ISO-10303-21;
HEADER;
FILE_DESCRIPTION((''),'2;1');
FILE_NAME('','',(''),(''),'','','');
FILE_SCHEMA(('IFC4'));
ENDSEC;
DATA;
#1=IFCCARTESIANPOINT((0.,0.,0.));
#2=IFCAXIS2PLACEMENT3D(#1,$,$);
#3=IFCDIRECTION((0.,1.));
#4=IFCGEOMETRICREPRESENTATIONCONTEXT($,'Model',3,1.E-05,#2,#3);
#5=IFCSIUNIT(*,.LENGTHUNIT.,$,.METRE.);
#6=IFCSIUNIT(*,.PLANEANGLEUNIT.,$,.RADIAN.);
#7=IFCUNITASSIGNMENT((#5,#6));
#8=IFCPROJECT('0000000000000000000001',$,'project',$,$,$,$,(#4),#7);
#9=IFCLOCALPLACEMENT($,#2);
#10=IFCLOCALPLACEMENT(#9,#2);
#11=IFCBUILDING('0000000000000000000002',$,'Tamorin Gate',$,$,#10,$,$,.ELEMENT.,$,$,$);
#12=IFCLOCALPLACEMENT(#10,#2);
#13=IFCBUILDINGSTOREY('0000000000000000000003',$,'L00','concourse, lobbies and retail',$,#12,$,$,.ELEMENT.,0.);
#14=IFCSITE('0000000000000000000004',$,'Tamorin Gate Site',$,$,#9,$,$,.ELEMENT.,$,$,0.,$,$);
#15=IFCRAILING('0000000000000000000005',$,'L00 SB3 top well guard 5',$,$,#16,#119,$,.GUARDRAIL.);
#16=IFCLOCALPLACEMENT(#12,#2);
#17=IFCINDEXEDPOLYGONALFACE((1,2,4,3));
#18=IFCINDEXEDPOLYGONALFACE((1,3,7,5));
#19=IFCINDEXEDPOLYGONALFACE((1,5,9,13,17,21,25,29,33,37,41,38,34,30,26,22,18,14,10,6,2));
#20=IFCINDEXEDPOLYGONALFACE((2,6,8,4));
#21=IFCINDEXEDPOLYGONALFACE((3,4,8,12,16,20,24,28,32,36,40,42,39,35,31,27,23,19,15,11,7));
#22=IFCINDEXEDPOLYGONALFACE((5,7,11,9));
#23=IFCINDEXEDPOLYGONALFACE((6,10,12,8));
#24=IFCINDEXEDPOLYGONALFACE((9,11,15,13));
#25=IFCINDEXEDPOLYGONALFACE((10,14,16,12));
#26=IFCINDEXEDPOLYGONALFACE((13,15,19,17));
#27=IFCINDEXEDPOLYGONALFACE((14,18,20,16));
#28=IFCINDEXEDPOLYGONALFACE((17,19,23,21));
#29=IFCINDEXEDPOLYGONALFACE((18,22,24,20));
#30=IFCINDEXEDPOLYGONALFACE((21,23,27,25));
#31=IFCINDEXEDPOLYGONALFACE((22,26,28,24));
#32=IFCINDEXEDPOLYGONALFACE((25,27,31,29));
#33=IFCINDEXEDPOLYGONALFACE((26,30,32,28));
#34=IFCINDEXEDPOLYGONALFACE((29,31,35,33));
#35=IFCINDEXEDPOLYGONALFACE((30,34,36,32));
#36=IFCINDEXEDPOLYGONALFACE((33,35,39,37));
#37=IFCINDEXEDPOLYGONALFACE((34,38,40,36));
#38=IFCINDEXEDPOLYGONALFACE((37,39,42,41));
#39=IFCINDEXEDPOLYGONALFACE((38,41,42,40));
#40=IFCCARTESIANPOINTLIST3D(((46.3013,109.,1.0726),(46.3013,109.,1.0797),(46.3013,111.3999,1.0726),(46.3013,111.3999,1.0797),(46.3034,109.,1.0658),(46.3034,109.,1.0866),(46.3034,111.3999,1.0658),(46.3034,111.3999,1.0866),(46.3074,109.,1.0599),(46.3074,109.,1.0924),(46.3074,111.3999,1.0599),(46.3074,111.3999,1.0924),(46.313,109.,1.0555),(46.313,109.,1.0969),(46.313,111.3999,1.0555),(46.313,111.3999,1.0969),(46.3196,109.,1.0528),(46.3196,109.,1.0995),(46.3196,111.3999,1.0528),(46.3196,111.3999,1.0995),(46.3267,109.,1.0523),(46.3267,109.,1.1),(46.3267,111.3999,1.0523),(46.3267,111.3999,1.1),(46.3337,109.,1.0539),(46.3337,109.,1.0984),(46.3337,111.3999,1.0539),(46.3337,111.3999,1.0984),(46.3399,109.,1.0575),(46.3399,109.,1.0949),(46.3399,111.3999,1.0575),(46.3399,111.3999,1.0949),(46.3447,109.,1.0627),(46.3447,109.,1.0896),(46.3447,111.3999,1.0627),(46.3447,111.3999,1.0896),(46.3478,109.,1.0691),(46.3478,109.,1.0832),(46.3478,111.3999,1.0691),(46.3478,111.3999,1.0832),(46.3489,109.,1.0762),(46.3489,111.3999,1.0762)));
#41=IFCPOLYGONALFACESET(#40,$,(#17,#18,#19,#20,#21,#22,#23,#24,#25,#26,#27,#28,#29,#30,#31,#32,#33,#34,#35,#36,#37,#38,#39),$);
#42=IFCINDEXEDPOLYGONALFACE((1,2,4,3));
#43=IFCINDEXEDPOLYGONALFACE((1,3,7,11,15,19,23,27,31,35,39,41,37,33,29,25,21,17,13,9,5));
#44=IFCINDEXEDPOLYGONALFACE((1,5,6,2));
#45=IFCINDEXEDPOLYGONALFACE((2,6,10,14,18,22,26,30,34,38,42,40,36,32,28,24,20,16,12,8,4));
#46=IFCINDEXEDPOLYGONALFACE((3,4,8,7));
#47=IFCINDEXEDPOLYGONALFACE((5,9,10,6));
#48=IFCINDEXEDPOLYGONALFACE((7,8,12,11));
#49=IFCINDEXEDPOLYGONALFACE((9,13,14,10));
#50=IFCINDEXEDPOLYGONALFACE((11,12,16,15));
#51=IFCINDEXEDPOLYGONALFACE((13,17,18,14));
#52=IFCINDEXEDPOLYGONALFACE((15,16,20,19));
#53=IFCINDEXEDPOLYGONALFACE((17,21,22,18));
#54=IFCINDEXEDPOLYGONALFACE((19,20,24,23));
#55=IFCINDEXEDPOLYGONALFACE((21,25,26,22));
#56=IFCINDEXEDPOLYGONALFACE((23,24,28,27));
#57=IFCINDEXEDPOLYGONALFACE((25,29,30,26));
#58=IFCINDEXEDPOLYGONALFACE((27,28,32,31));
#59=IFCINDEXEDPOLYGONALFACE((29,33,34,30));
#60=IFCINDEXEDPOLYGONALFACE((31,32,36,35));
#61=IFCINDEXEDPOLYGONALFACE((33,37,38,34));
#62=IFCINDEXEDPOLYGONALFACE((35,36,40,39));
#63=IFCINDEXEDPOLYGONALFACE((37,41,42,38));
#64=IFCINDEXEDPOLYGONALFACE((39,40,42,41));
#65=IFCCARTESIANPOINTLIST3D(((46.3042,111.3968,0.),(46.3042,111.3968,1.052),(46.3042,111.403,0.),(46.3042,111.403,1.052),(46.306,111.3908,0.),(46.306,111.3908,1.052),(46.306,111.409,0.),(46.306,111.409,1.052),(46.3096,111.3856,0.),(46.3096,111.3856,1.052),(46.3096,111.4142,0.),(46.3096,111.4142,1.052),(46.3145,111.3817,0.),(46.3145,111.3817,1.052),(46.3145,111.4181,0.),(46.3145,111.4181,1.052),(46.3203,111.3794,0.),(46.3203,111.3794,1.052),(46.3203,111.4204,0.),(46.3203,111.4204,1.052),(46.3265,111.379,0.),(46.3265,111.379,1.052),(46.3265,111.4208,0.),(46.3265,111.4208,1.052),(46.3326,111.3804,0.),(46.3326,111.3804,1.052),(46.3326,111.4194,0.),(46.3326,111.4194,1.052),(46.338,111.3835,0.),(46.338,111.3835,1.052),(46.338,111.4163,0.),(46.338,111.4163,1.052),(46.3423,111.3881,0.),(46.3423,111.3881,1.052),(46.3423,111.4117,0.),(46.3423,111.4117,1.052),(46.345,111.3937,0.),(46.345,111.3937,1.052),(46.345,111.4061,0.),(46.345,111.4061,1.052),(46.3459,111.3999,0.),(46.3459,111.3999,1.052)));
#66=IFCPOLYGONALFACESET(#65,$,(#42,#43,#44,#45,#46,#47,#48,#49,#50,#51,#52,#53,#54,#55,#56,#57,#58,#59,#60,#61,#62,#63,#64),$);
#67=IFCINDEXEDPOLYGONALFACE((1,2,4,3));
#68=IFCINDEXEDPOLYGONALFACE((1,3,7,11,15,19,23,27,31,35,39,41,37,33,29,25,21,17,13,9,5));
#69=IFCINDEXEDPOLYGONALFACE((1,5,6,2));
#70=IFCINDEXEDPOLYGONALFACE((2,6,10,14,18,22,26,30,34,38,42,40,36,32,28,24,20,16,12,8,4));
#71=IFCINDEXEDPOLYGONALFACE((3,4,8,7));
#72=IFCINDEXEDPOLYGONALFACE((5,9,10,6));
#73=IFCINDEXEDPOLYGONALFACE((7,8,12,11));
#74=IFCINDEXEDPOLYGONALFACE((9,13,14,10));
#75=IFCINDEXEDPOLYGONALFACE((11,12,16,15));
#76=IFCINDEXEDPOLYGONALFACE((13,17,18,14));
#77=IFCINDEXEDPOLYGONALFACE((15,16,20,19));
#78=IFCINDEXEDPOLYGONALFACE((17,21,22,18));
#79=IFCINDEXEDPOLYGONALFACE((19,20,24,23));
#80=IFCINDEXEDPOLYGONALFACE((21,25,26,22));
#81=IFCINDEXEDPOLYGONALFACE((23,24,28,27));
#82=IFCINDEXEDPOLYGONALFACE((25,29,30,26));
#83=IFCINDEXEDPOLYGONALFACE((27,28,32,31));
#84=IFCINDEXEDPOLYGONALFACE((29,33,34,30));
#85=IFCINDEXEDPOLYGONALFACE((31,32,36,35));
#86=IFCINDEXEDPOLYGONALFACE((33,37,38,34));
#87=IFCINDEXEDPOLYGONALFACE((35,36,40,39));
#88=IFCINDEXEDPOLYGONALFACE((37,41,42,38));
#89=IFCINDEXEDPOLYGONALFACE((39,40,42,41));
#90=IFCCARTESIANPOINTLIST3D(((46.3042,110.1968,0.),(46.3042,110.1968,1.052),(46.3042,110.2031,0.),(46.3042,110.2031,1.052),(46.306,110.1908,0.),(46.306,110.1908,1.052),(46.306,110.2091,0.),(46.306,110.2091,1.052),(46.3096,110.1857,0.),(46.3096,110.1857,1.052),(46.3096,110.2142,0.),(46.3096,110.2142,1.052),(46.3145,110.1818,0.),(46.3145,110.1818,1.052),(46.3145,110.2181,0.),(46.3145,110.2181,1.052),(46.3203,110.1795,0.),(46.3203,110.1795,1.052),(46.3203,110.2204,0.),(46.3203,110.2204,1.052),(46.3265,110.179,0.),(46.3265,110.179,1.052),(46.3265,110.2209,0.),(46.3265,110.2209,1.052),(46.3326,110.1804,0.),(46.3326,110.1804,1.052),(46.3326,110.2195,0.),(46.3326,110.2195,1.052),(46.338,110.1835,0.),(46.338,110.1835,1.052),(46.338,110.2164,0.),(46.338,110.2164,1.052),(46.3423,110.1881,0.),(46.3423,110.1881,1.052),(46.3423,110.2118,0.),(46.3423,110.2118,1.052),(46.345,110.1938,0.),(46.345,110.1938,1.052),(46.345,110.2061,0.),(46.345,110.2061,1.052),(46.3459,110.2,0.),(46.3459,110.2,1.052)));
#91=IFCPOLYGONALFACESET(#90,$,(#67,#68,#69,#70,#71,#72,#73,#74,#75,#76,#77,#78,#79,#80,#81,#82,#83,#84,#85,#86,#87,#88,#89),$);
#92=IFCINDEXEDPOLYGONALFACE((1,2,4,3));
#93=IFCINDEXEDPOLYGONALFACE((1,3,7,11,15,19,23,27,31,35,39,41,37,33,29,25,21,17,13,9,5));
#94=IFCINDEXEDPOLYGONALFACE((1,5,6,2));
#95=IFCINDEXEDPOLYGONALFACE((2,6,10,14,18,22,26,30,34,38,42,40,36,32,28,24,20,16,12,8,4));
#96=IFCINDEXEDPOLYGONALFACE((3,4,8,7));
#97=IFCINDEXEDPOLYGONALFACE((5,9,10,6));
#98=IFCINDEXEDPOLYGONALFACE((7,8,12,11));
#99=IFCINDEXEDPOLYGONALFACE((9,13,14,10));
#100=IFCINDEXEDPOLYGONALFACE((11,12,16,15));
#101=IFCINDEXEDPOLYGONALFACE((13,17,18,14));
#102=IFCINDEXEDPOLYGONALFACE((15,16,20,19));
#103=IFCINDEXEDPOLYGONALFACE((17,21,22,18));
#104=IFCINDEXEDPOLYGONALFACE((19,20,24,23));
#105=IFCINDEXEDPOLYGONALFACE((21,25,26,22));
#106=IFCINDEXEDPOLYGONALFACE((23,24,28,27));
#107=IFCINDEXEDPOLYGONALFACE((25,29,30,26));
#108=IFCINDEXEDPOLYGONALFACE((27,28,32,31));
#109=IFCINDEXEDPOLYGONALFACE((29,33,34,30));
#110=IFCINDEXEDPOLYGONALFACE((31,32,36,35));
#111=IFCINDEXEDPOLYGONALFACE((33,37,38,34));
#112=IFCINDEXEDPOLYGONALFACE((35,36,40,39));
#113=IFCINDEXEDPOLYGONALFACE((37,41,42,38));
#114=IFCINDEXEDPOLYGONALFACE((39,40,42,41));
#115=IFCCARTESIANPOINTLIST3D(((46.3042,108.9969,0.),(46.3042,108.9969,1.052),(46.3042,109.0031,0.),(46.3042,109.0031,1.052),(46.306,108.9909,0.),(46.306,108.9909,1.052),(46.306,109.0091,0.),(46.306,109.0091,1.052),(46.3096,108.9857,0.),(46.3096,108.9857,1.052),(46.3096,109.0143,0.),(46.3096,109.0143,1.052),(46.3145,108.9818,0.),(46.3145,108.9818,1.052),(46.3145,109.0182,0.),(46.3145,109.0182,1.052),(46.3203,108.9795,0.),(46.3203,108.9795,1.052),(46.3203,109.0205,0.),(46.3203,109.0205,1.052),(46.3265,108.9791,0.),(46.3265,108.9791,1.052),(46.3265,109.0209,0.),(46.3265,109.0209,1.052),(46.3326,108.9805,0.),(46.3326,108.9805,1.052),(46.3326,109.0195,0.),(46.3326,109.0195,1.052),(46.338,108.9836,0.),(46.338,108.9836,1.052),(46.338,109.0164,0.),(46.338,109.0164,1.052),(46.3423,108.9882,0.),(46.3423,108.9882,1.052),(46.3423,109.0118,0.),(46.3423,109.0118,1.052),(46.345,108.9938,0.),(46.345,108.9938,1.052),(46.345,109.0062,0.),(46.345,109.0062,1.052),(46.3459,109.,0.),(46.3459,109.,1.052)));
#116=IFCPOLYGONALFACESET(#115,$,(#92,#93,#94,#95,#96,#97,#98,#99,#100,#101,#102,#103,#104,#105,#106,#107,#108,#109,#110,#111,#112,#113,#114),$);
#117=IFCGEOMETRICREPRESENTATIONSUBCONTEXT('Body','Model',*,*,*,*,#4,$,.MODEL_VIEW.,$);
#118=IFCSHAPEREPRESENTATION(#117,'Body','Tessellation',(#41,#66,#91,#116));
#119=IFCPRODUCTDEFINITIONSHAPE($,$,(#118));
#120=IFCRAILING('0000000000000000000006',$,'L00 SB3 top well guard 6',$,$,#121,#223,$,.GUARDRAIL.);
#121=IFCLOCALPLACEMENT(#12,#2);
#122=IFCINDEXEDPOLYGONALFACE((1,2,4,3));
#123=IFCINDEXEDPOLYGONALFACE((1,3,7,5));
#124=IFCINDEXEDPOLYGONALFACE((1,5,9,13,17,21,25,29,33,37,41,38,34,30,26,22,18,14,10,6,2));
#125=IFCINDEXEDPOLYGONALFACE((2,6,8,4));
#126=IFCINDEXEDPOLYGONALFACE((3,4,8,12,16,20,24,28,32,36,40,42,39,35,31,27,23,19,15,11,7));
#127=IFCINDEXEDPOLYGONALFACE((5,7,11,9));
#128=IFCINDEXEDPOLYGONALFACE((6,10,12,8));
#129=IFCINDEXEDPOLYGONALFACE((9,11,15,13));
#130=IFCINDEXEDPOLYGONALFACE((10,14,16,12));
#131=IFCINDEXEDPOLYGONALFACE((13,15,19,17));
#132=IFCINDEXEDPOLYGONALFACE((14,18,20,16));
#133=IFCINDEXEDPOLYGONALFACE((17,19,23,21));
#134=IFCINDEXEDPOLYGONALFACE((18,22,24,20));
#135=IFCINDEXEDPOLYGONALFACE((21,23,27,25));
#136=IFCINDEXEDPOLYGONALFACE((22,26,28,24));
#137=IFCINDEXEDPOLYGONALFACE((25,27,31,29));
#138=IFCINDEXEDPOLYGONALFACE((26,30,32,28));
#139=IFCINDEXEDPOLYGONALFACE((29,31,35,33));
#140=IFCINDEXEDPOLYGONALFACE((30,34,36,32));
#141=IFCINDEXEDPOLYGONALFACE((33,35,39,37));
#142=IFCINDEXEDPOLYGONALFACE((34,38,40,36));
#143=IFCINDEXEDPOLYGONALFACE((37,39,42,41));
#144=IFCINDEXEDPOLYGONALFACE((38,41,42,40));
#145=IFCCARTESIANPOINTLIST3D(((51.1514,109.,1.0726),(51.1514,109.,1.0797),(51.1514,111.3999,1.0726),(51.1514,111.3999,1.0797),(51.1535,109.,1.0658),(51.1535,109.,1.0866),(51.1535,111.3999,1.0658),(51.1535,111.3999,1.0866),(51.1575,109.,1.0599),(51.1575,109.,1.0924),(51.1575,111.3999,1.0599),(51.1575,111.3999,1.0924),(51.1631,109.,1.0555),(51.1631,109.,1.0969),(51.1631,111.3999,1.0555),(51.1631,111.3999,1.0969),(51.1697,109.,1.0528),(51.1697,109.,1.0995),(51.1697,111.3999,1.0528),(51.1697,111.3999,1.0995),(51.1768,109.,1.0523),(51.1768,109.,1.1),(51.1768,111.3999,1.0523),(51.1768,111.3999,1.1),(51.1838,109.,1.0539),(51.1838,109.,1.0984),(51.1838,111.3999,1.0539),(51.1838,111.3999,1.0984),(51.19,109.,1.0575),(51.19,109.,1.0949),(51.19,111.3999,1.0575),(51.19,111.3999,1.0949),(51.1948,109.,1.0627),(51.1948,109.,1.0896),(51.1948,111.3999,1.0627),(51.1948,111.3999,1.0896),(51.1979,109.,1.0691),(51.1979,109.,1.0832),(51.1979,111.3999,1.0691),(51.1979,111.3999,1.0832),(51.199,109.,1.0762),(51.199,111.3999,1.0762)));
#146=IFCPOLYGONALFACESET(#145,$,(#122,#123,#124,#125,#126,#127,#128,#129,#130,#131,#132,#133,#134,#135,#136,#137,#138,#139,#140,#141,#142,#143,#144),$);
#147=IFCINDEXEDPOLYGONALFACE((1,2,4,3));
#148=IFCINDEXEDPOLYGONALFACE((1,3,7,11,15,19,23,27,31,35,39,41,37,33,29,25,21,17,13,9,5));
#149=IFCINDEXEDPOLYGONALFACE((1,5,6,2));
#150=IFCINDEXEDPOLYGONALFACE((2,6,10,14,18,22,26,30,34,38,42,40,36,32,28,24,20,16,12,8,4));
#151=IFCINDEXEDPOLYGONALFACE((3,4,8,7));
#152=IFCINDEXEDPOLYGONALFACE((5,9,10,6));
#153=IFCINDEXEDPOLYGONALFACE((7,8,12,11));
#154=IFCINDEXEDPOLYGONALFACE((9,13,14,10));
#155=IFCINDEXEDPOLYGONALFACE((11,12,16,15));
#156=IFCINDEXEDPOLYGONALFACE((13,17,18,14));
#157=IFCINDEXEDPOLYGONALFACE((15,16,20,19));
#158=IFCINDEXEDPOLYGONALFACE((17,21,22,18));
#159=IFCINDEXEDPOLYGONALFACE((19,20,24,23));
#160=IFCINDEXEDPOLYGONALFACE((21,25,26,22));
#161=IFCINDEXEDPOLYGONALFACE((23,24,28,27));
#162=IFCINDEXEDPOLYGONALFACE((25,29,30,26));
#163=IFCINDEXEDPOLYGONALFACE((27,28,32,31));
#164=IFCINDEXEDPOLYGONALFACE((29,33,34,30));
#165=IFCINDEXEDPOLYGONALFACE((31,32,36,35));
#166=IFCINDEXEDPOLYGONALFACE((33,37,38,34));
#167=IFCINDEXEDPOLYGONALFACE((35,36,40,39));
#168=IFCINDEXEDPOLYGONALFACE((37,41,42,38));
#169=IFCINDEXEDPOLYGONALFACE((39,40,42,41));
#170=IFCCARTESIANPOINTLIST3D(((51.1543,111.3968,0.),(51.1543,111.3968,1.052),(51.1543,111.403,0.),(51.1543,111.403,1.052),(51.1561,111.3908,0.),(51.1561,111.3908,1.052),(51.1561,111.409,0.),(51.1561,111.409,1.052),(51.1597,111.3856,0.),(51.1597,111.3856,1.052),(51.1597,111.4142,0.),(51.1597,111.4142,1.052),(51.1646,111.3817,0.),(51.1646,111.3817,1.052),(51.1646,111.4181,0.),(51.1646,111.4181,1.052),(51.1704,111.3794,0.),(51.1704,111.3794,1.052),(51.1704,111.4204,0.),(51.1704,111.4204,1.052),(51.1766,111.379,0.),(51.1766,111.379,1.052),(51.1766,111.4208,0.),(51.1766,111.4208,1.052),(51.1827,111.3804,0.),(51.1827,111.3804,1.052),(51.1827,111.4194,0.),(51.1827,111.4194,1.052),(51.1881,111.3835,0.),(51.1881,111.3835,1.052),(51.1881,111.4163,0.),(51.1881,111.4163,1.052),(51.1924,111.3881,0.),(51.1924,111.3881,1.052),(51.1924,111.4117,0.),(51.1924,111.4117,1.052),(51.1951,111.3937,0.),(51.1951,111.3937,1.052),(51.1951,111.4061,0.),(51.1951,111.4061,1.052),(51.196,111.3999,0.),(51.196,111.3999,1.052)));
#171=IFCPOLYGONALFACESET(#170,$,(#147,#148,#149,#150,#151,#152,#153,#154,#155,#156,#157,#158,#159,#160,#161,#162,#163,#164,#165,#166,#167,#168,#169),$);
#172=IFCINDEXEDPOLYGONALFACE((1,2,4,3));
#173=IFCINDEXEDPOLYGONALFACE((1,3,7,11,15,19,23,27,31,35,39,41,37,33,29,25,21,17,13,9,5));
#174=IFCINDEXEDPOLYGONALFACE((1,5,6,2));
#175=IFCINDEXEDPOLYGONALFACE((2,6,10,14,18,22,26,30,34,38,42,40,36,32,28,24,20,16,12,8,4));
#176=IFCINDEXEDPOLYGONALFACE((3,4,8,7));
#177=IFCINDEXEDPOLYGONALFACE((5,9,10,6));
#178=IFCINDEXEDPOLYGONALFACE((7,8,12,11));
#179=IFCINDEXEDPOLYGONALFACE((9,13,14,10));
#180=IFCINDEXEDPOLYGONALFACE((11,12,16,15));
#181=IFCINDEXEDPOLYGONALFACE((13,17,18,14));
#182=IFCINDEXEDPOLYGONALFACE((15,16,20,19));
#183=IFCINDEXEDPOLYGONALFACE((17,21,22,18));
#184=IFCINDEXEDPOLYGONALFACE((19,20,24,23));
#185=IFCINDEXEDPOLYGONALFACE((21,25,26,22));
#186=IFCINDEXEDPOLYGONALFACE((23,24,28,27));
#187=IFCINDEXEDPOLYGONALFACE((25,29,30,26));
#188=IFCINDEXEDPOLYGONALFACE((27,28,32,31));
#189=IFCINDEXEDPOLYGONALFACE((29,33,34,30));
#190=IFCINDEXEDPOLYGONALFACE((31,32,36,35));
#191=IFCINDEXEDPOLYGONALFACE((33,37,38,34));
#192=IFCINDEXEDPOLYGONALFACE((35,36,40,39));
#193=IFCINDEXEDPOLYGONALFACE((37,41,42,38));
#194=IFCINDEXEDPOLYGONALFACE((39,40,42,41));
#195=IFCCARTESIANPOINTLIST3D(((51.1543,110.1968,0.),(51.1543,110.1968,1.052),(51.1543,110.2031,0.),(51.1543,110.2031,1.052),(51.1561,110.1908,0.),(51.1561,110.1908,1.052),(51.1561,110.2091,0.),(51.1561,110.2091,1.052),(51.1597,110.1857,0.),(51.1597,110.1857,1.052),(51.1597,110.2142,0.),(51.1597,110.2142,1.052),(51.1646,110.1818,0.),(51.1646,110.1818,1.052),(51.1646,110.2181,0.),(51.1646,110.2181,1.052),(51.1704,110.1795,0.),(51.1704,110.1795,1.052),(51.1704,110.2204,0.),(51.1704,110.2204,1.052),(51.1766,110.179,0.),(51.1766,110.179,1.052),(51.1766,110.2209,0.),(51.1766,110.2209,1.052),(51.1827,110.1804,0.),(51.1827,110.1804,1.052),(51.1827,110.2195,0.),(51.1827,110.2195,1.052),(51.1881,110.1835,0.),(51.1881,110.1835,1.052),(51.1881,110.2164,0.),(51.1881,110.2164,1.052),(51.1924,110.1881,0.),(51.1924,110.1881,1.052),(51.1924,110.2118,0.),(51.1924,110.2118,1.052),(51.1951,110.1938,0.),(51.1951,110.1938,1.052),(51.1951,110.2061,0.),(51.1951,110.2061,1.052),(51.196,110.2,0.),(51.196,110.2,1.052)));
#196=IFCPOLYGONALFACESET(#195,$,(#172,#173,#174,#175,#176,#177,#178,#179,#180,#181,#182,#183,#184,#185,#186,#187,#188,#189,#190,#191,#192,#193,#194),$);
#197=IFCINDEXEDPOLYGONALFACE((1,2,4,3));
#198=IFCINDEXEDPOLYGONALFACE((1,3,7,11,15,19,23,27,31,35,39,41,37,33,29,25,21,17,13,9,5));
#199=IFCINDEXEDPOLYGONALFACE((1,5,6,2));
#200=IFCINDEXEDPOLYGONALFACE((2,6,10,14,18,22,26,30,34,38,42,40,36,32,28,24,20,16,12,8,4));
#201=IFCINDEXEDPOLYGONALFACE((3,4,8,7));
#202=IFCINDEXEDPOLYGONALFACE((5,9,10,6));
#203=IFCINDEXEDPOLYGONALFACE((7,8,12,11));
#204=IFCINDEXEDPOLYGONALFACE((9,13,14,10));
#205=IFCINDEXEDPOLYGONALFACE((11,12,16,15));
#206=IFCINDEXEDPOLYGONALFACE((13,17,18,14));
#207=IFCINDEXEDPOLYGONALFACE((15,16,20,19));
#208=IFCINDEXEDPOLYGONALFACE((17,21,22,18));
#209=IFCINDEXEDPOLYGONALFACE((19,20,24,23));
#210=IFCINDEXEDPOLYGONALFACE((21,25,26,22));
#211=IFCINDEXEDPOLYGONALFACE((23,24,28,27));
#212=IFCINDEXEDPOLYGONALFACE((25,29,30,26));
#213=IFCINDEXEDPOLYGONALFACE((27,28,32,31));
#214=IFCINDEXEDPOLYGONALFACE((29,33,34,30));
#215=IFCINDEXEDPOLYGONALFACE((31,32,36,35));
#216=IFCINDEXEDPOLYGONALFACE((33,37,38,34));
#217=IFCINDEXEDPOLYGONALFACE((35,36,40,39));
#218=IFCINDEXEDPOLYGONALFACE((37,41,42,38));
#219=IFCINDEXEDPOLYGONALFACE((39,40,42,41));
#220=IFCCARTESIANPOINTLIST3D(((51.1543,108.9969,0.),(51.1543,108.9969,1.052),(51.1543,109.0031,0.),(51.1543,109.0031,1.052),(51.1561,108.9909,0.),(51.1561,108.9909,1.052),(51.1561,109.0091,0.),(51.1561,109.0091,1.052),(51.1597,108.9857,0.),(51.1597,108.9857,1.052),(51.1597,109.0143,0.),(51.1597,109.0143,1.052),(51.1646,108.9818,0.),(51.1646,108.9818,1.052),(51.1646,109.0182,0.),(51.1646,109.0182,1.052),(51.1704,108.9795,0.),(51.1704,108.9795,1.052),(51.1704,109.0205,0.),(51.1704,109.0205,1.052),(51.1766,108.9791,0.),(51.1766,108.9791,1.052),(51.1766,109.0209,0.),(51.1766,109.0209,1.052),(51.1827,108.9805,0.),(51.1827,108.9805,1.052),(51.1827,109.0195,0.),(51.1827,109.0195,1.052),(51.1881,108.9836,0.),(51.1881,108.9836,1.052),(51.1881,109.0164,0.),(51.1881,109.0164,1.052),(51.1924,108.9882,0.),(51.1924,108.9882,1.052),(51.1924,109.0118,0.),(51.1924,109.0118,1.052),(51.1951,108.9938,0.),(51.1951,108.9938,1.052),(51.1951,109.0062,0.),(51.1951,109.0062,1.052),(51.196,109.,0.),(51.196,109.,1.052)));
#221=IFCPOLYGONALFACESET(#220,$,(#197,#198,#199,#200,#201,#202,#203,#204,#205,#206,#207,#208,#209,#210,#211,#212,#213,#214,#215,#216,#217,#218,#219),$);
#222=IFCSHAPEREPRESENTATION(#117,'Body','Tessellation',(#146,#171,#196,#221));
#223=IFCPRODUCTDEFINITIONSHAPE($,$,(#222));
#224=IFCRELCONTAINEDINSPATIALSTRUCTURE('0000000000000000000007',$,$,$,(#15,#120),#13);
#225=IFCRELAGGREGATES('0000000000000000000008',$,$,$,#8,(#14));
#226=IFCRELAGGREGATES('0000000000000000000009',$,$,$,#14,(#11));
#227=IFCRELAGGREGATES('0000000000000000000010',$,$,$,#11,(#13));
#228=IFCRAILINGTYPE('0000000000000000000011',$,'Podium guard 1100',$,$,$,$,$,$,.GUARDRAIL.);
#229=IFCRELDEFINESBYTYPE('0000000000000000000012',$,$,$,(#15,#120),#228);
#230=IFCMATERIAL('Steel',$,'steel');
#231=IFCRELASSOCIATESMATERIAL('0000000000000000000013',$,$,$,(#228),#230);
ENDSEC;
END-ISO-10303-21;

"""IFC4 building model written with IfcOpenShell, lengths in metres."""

from ifc_helpers import new_model, si_unit, direction, frame, origin, origin_2d, place, context, subcontext, project, spatial, circle, extrude, material, type_object, element, save


model = new_model("IFC4")

# Units and contexts
model_context = context("Model", 3, precision=1e-05, world=origin(), true_north=direction((0.0, 1.0)))
body_context = subcontext(model_context, "Body", "Model", "MODEL_VIEW")
ifc_project = project(units=[si_unit("LENGTHUNIT", "METRE"), si_unit("PLANEANGLEUNIT", "RADIAN")], contexts=[model_context])

# Site, building, storey
site_placement = place(None, origin())
site = spatial("IfcSite", under=ifc_project, at=site_placement, Name="Tamorin Gate Site", CompositionType="ELEMENT", RefElevation=0.0)
building_placement = place(site_placement, origin())
building = spatial("IfcBuilding", under=site, at=building_placement, Name="Tamorin Gate", CompositionType="ELEMENT")
storey_placement = place(building_placement, origin())
storey = spatial("IfcBuildingStorey", under=building, at=storey_placement, Name="L00", Description="concourse, lobbies and retail", CompositionType="ELEMENT", Elevation=0.0)

# Railings
ifc_material_1 = material(Name="Steel", Category="steel")
railing_type = type_object("IfcRailingType", Name="Podium guard 1100", PredefinedType="GUARDRAIL", material=ifc_material_1)
for number, where, name in (
    (1, (46.325, 111.3999, 0.0), "L00 SB3 top well guard 5"),
    (2, (51.175, 111.3999, 0.0), "L00 SB3 top well guard 6"),
):
    element("IfcRailing", number, at=place(storey_placement, frame(where)), inside=storey, type_object=railing_type, Name=name, PredefinedType="GUARDRAIL", context=body_context, shape_type="SweptSolid", body=[
        extrude(circle(Radius=0.0239, at=origin_2d()), frame((0.0, 0.0, 1.0762), z_axis=(0.0, -1.0, 0.0), x_axis=(1.0, 0.0, 0.0)), (0.0, 0.0, 1.0), 2.3999),
        extrude(circle(Radius=0.021, at=origin_2d()), origin(), (0.0, 0.0, 1.0), 1.052),
        extrude(circle(Radius=0.021, at=origin_2d()), frame((0.0, -1.2, 0.0)), (0.0, 0.0, 1.0), 1.052),
        extrude(circle(Radius=0.021, at=origin_2d()), frame((0.0, -2.3999, 0.0)), (0.0, 0.0, 1.0), 1.052),
    ])

save(model, "model.ifc")
